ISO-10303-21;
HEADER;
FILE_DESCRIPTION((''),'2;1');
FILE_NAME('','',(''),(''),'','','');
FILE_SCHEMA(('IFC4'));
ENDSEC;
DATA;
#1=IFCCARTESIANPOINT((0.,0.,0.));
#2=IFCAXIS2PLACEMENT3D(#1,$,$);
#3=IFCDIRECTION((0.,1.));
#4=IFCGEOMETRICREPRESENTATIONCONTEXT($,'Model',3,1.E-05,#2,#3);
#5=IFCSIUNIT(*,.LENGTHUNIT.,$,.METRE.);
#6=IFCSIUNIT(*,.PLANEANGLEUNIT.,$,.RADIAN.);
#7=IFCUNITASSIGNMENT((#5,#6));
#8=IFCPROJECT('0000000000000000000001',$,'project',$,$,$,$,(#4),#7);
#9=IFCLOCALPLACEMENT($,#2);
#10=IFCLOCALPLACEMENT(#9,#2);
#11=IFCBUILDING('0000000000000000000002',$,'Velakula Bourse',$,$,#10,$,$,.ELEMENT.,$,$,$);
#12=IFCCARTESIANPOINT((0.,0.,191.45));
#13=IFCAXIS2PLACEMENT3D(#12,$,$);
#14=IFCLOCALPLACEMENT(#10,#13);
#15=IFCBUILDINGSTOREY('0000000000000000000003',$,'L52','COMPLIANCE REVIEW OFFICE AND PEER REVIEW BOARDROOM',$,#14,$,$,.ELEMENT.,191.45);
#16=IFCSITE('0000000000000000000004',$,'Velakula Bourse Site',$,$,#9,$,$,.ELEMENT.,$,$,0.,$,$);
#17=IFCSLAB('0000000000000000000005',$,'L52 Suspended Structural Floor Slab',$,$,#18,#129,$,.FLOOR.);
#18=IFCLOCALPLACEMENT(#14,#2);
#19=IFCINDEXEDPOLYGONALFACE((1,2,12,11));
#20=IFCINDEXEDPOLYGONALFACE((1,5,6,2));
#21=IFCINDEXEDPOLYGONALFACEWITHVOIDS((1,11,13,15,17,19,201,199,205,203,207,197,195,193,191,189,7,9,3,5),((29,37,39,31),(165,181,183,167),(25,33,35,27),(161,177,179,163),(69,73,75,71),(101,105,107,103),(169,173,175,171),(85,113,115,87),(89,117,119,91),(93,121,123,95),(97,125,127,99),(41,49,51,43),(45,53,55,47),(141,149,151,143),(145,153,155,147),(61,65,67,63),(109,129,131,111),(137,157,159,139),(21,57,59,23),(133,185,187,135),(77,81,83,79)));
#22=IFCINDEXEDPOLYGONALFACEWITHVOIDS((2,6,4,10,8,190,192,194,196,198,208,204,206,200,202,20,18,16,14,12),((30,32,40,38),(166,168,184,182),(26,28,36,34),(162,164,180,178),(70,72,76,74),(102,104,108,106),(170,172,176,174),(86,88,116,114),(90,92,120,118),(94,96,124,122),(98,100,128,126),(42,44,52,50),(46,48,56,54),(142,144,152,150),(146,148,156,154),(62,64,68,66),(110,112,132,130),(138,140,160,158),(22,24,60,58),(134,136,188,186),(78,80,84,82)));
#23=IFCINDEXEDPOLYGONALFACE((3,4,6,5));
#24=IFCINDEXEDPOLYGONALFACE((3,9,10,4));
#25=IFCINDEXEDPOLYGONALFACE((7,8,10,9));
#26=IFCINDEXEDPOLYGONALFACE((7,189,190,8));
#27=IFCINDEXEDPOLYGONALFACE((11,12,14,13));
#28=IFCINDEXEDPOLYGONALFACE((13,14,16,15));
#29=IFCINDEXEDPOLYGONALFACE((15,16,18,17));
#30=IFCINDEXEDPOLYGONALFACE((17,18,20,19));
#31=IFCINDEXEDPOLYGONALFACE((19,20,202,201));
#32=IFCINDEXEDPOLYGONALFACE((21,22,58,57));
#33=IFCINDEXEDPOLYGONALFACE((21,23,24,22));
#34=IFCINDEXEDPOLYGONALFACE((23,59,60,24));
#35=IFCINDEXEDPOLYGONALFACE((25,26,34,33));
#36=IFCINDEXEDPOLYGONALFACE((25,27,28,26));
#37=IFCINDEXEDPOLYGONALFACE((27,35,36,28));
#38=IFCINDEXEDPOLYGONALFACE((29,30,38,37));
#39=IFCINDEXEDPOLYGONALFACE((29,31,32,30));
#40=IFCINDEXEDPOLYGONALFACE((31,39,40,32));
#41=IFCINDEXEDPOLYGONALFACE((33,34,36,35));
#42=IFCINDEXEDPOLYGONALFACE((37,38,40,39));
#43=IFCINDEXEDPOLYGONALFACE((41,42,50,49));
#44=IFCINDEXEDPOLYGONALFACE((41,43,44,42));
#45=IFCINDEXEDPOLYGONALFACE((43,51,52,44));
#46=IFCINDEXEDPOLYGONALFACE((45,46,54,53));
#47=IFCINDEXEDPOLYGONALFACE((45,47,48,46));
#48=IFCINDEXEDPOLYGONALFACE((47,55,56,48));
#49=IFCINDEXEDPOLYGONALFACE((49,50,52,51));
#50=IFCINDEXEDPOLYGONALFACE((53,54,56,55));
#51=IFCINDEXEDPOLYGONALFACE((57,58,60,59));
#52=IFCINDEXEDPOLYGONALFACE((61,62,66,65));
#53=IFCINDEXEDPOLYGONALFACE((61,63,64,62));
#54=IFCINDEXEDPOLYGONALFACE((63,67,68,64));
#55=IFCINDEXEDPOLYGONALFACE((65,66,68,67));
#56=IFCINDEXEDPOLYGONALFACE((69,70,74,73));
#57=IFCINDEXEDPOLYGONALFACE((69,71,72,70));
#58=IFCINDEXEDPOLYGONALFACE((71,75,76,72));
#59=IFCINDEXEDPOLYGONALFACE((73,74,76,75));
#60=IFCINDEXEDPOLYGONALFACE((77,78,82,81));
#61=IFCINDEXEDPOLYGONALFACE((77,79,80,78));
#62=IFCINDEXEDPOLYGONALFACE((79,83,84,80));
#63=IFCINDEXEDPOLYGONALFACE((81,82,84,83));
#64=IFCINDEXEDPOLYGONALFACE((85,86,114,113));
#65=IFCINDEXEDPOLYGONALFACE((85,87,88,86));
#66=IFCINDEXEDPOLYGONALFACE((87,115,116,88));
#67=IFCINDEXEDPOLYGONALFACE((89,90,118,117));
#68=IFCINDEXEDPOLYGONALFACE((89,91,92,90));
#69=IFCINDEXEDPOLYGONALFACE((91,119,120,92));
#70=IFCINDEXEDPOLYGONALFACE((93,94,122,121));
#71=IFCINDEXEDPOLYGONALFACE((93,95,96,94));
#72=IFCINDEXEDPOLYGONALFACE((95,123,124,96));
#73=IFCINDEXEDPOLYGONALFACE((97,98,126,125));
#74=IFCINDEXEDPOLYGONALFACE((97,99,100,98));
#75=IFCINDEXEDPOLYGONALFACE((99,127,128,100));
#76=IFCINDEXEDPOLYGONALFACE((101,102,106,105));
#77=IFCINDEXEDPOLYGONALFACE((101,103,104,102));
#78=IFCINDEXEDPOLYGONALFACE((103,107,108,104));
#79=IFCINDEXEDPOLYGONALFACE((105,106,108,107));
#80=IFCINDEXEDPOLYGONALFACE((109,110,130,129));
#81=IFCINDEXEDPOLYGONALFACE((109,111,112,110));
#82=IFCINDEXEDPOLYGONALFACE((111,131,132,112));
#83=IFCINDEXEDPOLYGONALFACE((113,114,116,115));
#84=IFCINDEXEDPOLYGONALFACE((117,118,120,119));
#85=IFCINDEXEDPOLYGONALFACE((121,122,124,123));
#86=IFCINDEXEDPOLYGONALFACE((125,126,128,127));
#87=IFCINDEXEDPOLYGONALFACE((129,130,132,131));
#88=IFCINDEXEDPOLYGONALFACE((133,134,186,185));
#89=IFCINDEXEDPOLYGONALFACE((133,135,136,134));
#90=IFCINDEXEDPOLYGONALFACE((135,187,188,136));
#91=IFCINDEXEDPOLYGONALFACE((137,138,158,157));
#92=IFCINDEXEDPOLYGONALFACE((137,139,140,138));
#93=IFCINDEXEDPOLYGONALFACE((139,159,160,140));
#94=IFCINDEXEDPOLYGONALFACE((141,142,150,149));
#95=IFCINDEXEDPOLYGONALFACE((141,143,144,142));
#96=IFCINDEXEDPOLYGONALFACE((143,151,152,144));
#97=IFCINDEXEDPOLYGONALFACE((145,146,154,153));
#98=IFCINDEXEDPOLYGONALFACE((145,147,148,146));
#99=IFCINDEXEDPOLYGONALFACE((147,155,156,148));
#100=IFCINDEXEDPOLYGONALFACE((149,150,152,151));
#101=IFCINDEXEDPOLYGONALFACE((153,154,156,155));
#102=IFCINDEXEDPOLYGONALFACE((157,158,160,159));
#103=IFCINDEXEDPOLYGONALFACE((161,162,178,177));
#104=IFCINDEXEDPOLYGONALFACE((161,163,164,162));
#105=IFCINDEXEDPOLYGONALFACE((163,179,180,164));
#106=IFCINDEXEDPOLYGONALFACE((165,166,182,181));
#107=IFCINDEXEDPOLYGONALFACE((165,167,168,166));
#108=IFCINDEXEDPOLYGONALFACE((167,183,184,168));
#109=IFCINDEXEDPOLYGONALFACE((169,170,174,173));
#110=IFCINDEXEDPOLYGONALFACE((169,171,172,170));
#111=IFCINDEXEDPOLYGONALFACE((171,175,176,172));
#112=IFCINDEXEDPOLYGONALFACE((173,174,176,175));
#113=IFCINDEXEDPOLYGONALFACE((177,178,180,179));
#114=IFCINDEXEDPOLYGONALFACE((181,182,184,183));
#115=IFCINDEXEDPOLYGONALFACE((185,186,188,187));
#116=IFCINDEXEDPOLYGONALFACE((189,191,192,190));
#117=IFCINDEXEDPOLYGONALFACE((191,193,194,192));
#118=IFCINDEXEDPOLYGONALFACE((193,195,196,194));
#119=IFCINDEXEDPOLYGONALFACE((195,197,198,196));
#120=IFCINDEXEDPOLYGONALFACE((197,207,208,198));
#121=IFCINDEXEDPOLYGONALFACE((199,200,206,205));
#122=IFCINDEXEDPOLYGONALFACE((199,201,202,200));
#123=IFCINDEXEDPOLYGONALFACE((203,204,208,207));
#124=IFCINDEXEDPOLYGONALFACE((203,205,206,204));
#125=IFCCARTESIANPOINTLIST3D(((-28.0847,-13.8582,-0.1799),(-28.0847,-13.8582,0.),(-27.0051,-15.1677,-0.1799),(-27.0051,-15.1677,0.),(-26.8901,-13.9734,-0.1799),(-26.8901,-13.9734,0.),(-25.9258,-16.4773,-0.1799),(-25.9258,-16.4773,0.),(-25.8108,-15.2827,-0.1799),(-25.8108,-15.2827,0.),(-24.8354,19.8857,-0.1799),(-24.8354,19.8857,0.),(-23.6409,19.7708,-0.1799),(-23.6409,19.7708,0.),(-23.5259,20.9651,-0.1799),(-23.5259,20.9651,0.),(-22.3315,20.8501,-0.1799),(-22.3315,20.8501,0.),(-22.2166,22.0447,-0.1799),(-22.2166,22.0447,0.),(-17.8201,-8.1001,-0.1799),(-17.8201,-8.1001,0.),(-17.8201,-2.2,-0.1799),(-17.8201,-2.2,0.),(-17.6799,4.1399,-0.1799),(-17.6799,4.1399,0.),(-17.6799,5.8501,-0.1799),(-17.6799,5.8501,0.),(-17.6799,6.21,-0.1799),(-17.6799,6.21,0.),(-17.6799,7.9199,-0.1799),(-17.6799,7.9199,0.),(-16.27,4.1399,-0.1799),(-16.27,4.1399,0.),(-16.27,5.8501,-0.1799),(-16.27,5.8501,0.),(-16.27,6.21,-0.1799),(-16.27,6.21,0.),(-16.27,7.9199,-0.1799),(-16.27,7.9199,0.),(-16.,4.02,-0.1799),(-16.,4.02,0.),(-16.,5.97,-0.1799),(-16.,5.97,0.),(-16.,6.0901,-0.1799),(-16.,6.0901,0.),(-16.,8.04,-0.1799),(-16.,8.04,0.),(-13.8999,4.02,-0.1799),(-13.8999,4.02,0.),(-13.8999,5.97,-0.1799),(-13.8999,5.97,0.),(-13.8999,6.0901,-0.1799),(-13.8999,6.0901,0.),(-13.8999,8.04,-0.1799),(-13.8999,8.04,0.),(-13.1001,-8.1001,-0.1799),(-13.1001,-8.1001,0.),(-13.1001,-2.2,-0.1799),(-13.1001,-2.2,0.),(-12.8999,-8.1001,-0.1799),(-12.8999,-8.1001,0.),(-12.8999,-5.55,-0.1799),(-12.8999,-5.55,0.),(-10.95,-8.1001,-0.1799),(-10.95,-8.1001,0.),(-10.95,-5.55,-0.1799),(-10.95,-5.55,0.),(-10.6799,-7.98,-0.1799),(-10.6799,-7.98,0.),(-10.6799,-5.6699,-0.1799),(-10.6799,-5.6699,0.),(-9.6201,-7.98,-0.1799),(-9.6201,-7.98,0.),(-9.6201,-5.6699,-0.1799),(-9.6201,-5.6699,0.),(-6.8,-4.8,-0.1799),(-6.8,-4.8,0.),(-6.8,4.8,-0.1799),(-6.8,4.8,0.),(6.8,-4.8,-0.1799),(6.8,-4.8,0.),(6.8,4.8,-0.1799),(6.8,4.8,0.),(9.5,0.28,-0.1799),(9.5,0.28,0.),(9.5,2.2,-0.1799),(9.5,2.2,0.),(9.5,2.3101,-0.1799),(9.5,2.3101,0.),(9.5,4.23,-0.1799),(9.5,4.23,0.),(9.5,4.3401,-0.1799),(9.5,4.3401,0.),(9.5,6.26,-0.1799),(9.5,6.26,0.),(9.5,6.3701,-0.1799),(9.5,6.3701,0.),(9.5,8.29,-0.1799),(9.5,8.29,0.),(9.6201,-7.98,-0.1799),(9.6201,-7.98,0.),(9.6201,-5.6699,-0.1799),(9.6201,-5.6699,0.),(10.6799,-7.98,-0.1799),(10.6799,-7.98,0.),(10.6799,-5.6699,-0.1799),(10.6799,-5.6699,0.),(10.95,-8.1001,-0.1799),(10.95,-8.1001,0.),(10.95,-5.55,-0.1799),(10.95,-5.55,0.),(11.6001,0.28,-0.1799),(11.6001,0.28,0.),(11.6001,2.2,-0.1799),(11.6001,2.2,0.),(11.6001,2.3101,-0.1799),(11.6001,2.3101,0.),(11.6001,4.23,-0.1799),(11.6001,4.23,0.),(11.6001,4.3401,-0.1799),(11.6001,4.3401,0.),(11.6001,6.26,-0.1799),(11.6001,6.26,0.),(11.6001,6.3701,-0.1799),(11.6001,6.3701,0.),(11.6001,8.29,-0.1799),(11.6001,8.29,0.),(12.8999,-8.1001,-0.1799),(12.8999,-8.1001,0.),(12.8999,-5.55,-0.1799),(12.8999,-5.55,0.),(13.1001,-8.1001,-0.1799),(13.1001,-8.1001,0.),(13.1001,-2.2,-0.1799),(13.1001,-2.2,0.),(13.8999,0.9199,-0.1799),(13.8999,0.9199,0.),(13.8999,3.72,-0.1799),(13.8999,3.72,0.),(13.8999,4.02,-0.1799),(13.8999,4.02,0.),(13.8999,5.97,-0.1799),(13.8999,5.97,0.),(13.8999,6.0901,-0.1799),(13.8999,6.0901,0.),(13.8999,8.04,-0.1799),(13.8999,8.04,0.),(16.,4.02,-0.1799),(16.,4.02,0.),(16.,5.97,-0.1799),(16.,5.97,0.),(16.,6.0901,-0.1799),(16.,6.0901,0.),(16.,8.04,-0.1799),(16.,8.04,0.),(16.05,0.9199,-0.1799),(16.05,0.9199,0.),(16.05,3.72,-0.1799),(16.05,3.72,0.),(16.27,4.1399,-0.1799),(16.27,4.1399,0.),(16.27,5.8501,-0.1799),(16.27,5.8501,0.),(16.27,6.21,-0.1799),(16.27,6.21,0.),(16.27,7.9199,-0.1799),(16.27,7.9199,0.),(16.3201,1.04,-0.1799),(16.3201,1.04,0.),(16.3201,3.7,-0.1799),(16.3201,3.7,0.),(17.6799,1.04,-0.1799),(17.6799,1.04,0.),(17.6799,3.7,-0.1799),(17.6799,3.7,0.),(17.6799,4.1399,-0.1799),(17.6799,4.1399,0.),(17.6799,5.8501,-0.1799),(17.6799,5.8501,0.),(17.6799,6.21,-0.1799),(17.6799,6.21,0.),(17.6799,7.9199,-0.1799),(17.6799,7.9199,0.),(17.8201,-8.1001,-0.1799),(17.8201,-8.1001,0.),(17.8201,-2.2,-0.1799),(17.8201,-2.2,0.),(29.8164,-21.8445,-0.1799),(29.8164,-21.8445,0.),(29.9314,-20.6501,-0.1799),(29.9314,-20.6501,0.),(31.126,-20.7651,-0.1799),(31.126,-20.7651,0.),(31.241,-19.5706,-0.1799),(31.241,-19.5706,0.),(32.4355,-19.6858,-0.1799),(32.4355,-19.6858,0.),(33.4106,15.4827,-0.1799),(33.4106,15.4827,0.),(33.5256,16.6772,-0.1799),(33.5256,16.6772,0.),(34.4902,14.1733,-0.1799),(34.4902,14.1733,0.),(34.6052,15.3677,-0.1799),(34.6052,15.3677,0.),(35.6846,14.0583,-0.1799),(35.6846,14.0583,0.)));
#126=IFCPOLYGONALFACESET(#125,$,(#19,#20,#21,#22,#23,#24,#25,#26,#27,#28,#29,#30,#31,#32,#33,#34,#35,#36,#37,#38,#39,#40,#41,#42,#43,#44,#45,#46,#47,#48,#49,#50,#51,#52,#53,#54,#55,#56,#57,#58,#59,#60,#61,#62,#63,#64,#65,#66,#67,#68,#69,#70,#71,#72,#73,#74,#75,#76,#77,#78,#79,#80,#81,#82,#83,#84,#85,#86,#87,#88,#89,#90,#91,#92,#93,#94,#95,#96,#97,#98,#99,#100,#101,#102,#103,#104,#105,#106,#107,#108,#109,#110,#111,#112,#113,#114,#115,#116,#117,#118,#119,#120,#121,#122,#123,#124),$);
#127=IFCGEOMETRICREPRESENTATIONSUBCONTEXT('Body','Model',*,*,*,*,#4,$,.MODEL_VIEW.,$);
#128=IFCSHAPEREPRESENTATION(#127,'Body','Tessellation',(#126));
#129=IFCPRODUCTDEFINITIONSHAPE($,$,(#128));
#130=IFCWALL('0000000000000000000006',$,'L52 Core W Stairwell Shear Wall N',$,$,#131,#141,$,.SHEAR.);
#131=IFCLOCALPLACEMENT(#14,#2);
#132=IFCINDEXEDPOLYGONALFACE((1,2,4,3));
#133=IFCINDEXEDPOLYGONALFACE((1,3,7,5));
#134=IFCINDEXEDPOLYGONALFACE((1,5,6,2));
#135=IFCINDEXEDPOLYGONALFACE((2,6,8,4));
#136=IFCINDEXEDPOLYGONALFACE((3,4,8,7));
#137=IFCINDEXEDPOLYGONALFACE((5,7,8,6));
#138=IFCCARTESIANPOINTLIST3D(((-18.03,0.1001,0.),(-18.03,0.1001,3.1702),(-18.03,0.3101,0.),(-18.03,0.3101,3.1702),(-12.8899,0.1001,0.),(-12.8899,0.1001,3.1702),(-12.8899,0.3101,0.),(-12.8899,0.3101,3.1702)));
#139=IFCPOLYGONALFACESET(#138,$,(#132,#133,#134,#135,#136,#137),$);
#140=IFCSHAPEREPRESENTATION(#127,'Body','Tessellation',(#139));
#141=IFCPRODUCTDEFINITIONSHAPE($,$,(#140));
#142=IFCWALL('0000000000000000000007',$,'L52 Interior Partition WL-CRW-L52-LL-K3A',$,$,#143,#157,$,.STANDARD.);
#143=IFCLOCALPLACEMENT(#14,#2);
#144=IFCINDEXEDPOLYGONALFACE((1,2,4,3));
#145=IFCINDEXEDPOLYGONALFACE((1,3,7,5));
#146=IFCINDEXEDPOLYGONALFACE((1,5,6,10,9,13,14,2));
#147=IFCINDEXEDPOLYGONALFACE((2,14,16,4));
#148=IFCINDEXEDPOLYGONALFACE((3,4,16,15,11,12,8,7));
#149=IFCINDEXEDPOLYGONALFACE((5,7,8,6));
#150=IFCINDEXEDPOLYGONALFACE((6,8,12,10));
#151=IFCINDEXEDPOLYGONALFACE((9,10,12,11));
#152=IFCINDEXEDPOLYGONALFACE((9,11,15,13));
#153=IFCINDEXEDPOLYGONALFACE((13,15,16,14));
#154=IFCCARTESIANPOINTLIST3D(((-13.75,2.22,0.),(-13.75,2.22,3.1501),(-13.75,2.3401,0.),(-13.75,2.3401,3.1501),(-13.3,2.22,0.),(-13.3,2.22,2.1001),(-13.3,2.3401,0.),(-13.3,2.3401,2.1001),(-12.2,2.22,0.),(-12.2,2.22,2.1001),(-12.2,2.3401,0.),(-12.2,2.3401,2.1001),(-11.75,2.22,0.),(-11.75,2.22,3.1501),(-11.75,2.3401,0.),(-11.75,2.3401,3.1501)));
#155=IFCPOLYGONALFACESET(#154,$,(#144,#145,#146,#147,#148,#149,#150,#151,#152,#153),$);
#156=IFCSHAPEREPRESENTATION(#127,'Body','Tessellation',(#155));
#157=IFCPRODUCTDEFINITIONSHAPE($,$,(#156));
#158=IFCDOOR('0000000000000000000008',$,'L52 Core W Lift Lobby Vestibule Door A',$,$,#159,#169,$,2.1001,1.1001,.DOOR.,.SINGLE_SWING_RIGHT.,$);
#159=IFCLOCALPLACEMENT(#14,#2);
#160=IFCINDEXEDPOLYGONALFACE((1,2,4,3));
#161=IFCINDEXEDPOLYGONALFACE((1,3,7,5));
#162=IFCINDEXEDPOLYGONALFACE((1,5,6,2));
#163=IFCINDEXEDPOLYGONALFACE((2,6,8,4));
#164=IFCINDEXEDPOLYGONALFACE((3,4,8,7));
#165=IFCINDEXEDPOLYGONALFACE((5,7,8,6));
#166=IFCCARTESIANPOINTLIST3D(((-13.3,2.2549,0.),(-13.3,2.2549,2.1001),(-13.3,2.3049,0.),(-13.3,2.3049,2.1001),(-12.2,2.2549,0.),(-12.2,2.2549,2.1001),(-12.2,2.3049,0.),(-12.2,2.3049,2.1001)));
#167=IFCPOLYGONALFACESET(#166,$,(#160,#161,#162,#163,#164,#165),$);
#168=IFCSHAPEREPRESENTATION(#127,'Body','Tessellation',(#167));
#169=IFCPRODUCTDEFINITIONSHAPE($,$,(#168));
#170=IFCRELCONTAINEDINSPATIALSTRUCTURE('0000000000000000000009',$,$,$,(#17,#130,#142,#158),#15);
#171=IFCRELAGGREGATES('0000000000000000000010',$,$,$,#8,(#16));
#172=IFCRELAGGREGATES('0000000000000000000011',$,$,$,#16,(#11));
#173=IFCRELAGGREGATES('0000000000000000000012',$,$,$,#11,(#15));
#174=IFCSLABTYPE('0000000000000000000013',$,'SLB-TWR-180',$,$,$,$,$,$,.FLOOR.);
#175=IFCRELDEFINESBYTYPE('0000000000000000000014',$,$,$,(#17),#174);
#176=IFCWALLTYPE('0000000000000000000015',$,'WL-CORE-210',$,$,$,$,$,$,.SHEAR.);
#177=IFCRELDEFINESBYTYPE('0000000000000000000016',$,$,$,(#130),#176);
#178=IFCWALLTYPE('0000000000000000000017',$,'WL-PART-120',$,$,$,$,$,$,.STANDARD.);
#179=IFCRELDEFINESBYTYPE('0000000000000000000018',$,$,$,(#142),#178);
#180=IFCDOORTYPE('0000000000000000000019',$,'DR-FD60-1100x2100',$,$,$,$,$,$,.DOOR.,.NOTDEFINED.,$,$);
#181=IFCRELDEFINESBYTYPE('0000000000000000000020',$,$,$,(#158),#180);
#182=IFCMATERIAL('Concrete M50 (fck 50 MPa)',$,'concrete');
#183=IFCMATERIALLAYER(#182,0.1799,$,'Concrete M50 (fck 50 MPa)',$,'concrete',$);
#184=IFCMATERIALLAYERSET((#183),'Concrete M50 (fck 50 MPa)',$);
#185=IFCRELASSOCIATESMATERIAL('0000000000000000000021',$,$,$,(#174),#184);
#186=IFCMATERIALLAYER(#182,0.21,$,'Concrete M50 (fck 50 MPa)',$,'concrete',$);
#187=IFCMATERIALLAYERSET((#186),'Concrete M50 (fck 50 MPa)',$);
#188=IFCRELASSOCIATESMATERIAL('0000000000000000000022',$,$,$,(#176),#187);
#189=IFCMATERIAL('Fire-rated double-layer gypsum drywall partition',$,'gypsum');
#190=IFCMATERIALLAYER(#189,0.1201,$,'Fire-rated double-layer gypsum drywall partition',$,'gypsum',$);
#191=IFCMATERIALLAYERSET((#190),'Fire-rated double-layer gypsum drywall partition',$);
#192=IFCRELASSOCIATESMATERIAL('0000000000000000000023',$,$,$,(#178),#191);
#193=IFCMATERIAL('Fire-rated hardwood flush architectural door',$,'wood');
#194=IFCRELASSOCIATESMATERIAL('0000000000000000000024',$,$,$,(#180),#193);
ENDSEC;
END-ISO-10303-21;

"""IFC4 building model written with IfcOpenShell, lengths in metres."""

from ifc_helpers import new_model, si_unit, direction, frame, frame_2d, origin, place, context, subcontext, project, spatial, polyline, rectangle, outline, extrude, material, layer, layer_set, type_object, element, fill, save


model = new_model("IFC4")

# Units and contexts
model_context = context("Model", 3, precision=1e-05, world=origin(), true_north=direction((0.0, 1.0)))
body_context = subcontext(model_context, "Body", "Model", "MODEL_VIEW")
ifc_project = project(units=[si_unit("LENGTHUNIT", "METRE"), si_unit("PLANEANGLEUNIT", "RADIAN")], contexts=[model_context])

# Site, building, storey
site_placement = place(None, origin())
site = spatial("IfcSite", under=ifc_project, at=site_placement, Name="Velakula Bourse Site", CompositionType="ELEMENT", RefElevation=0.0)
building_placement = place(site_placement, origin())
building = spatial("IfcBuilding", under=site, at=building_placement, Name="Velakula Bourse", CompositionType="ELEMENT")
storey_placement = place(building_placement, frame((0.0, 0.0, 191.45)))
storey = spatial("IfcBuildingStorey", under=building, at=storey_placement, Name="L52", Description="COMPLIANCE REVIEW OFFICE AND PEER REVIEW BOARDROOM", CompositionType="ELEMENT", Elevation=191.45)

# Slab
ifc_material_1 = material(Name="Concrete M50 (fck 50 MPa)", Category="concrete")
ifc_layer_1 = layer(ifc_material_1, 0.1799, Name="Concrete M50 (fck 50 MPa)", Category="concrete")
ifc_layer_set_1 = layer_set([ifc_layer_1], Name="Concrete M50 (fck 50 MPa)")
slab_type_1 = type_object("IfcSlabType", Name="SLB-TWR-180", PredefinedType="FLOOR", material=ifc_layer_set_1)
slab_1_placement = place(storey_placement, frame((0.0, 0.0, -0.1799)))
element("IfcSlab", 1, at=slab_1_placement, inside=storey, type_object=slab_type_1, Name="L52 Suspended Structural Floor Slab", PredefinedType="FLOOR", context=body_context, shape_type="SweptSolid", body=[
    extrude(outline(polyline([(-25.9258, -16.4773), (29.8164, -21.8445), (29.9314, -20.6501), (31.126, -20.7651), (31.241, -19.5706), (32.4355, -19.6858), (35.6846, 14.0583), (34.4902, 14.1733), (34.6052, 15.3677), (33.4106, 15.4827), (33.5256, 16.6772), (-22.2166, 22.0447), (-22.3315, 20.8501), (-23.5259, 20.9651), (-23.6409, 19.7708), (-24.8354, 19.8857), (-28.0847, -13.8582), (-26.8901, -13.9734), (-27.0051, -15.1677), (-25.8108, -15.2827), (-25.9258, -16.4773)]), holes=[polyline([(-17.8201, -8.1001), (-13.1001, -8.1001), (-13.1001, -2.2), (-17.8201, -2.2), (-17.8201, -8.1001)]), polyline([(13.1001, -8.1001), (17.8201, -8.1001), (17.8201, -2.2), (13.1001, -2.2), (13.1001, -8.1001)]), polyline([(-12.8999, -8.1001), (-10.95, -8.1001), (-10.95, -5.55), (-12.8999, -5.55), (-12.8999, -8.1001)]), polyline([(10.95, -8.1001), (12.8999, -8.1001), (12.8999, -5.55), (10.95, -5.55), (10.95, -8.1001)]), polyline([(13.8999, 0.9199), (16.05, 0.9199), (16.05, 3.72), (13.8999, 3.72), (13.8999, 0.9199)]), polyline([(-10.6799, -7.98), (-9.6201, -7.98), (-9.6201, -5.6699), (-10.6799, -5.6699), (-10.6799, -7.98)]), polyline([(-17.6799, 4.1399), (-16.27, 4.1399), (-16.27, 5.8501), (-17.6799, 5.8501), (-17.6799, 4.1399)]), polyline([(-17.6799, 6.21), (-16.27, 6.21), (-16.27, 7.9199), (-17.6799, 7.9199), (-17.6799, 6.21)]), polyline([(9.6201, -7.98), (10.6799, -7.98), (10.6799, -5.6699), (9.6201, -5.6699), (9.6201, -7.98)]), polyline([(16.27, 4.1399), (17.6799, 4.1399), (17.6799, 5.8501), (16.27, 5.8501), (16.27, 4.1399)]), polyline([(16.27, 6.21), (17.6799, 6.21), (17.6799, 7.9199), (16.27, 7.9199), (16.27, 6.21)]), polyline([(16.3201, 1.04), (17.6799, 1.04), (17.6799, 3.7), (16.3201, 3.7), (16.3201, 1.04)]), polyline([(9.5, 0.28), (11.6001, 0.28), (11.6001, 2.2), (9.5, 2.2), (9.5, 0.28)]), polyline([(9.5, 2.3101), (11.6001, 2.3101), (11.6001, 4.23), (9.5, 4.23), (9.5, 2.3101)]), polyline([(9.5, 4.3401), (11.6001, 4.3401), (11.6001, 6.26), (9.5, 6.26), (9.5, 4.3401)]), polyline([(9.5, 6.3701), (11.6001, 6.3701), (11.6001, 8.29), (9.5, 8.29), (9.5, 6.3701)]), polyline([(-16.0, 4.02), (-13.8999, 4.02), (-13.8999, 5.97), (-16.0, 5.97), (-16.0, 4.02)]), polyline([(-16.0, 6.0901), (-13.8999, 6.0901), (-13.8999, 8.04), (-16.0, 8.04), (-16.0, 6.0901)]), polyline([(13.8999, 4.02), (16.0, 4.02), (16.0, 5.97), (13.8999, 5.97), (13.8999, 4.02)]), polyline([(13.8999, 6.0901), (16.0, 6.0901), (16.0, 8.04), (13.8999, 8.04), (13.8999, 6.0901)]), polyline([(-6.8, -4.8), (6.8, -4.8), (6.8, 4.8), (-6.8, 4.8), (-6.8, -4.8)])]), origin(), (0.0, 0.0, 1.0), 0.1799),
])

# Wall
ifc_layer_2 = layer(ifc_material_1, 0.21, Name="Concrete M50 (fck 50 MPa)", Category="concrete")
ifc_layer_set_2 = layer_set([ifc_layer_2], Name="Concrete M50 (fck 50 MPa)")
wall_type_1 = type_object("IfcWallType", Name="WL-CORE-210", PredefinedType="SHEAR", material=ifc_layer_set_2)
wall_1_placement = place(storey_placement, frame((-12.8899, 0.2051, 0.0), z_axis=(0.0, 0.0, 1.0), x_axis=(-1.0, 0.0, 0.0)))
element("IfcWall", 2, at=wall_1_placement, inside=storey, type_object=wall_type_1, Name="L52 Core W Stairwell Shear Wall N", PredefinedType="SHEAR", context=body_context, shape_type="SweptSolid", body=[
    extrude(rectangle(XDim=5.1401, YDim=0.21, at=frame_2d((2.5701, 0.0))), origin(), (0.0, 0.0, 1.0), 3.1702),
])

# Wall, opening, door
ifc_material_2 = material(Name="Fire-rated double-layer gypsum drywall partition", Category="gypsum")
ifc_layer_3 = layer(ifc_material_2, 0.1201, Name="Fire-rated double-layer gypsum drywall partition", Category="gypsum")
ifc_layer_set_3 = layer_set([ifc_layer_3], Name="Fire-rated double-layer gypsum drywall partition")
wall_type_2 = type_object("IfcWallType", Name="WL-PART-120", PredefinedType="STANDARD", material=ifc_layer_set_3)
wall_2_placement = place(storey_placement, frame((-13.75, 2.28, 0.0), z_axis=(0.0, 0.0, 1.0), x_axis=(1.0, 0.0, 0.0)))
wall_2 = element("IfcWall", 3, at=wall_2_placement, inside=storey, type_object=wall_type_2, Name="L52 Interior Partition WL-CRW-L52-LL-K3A", PredefinedType="STANDARD", context=body_context, shape_type="SweptSolid", body=[
    extrude(rectangle(XDim=2.0, YDim=0.1201, at=frame_2d((1.0, 0.0))), origin(), (0.0, 0.0, 1.0), 3.1501),
])
opening_1_placement = place(wall_2_placement, frame((0.45, 0.0, 0.0)))
opening_1 = element("IfcOpeningElement", 4, at=opening_1_placement, cuts=wall_2, PredefinedType="OPENING", context=body_context, shape_type="SweptSolid", body=[
    extrude(rectangle(XDim=1.1001, YDim=2.1001, at=frame_2d((0.55, 1.05))), frame((0.0, 0.0701, 0.0), z_axis=(0.0, -1.0, 0.0), x_axis=(1.0, 0.0, 0.0)), (0.0, 0.0, 1.0), 0.1401),
])
ifc_material_3 = material(Name="Fire-rated hardwood flush architectural door", Category="wood")
door_type_1 = type_object("IfcDoorType", Name="DR-FD60-1100x2100", OperationType="NOTDEFINED", PredefinedType="DOOR", material=ifc_material_3)
door_1_placement = place(opening_1_placement, origin())
door_1 = element("IfcDoor", 5, at=door_1_placement, inside=storey, type_object=door_type_1, Name="L52 Core W Lift Lobby Vestibule Door A", OperationType="SINGLE_SWING_RIGHT", OverallHeight=2.1001, OverallWidth=1.1001, PredefinedType="DOOR", context=body_context, shape_type="SweptSolid", body=[
    extrude(rectangle(XDim=1.1001, YDim=2.1001, at=frame_2d((0.55, 1.05))), frame((0.0, 0.0249, 0.0), z_axis=(0.0, -1.0, 0.0), x_axis=(1.0, 0.0, 0.0)), (0.0, 0.0, 1.0), 0.05),
])
fill(opening_1, door_1)

save(model, "model.ifc")
